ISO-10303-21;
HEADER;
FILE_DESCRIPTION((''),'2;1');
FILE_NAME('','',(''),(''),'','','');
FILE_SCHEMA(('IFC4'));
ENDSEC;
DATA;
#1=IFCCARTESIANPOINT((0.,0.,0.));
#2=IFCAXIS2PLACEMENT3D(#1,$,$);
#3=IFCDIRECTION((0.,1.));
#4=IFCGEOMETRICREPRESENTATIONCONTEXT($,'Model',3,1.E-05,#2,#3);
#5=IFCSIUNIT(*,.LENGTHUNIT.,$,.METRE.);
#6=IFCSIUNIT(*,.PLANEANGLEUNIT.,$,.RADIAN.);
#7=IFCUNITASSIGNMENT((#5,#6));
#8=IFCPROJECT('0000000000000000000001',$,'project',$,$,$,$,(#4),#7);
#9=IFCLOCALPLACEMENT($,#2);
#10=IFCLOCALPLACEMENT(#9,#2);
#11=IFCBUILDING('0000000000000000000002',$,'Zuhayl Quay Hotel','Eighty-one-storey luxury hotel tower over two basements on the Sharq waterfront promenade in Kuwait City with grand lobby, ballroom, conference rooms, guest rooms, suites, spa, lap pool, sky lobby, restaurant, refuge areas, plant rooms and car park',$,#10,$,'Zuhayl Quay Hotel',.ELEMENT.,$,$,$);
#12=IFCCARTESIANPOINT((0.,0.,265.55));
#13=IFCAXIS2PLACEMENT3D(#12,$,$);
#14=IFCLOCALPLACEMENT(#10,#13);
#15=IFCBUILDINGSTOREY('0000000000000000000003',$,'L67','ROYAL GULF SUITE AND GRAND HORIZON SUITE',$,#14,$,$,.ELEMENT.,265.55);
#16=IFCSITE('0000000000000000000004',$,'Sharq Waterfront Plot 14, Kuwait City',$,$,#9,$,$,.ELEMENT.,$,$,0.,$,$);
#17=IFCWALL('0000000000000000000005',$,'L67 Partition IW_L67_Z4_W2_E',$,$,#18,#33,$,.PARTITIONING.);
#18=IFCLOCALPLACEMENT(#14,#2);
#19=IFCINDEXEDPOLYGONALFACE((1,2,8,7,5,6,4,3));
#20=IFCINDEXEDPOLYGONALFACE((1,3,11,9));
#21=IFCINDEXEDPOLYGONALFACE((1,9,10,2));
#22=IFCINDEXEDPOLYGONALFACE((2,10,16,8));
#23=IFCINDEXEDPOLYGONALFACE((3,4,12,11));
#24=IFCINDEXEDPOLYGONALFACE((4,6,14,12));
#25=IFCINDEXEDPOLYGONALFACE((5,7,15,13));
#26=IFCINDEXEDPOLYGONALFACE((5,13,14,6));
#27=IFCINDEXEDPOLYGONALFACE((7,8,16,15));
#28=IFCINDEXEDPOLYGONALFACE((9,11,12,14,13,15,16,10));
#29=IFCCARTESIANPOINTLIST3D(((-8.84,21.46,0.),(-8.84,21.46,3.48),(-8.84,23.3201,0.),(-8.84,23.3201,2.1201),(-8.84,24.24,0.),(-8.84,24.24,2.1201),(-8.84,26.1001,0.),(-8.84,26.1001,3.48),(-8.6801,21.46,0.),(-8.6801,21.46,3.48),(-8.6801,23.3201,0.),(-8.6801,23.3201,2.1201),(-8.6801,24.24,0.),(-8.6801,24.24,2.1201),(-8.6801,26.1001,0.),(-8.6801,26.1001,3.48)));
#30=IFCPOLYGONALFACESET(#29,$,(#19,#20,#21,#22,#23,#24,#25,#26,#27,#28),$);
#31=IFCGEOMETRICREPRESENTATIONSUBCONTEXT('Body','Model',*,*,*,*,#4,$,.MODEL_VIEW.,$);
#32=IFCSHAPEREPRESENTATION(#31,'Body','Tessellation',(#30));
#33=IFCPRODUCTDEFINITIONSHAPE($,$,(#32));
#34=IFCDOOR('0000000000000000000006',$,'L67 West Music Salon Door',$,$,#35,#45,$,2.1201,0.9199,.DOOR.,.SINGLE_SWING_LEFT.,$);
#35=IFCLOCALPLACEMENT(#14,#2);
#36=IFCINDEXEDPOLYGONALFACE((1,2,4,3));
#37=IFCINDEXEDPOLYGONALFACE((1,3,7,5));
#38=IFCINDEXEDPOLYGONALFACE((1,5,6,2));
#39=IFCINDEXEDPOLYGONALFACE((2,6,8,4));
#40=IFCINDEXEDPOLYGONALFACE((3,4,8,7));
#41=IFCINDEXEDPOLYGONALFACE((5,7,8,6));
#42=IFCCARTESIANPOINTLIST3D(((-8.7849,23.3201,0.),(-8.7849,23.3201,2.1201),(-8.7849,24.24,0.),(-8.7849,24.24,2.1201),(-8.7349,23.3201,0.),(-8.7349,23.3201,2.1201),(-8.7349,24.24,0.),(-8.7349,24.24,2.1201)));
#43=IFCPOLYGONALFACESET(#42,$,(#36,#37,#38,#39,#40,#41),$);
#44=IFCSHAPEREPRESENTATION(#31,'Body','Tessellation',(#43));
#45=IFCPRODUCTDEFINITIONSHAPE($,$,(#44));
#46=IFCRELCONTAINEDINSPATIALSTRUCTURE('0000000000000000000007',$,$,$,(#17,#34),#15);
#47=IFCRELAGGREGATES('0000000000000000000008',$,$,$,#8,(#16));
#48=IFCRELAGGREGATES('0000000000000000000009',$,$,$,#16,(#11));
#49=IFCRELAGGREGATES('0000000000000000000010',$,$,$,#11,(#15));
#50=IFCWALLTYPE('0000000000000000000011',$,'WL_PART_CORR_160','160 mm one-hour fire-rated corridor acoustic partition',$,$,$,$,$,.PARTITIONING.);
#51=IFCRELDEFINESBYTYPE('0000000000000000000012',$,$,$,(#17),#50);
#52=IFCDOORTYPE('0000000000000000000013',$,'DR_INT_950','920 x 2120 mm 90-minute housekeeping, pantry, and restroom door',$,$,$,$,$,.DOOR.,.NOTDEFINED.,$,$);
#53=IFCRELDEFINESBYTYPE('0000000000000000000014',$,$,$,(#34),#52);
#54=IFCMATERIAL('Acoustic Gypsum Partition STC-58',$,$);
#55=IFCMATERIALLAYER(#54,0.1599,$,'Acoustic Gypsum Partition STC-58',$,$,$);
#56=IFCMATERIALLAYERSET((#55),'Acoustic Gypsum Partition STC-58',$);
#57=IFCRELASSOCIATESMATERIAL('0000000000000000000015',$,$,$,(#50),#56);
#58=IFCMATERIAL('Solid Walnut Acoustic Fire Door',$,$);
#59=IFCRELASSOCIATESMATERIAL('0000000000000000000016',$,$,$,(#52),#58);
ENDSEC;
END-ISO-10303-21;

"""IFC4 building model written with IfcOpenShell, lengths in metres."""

from ifc_helpers import new_model, si_unit, direction, frame, frame_2d, origin, place, context, subcontext, project, spatial, rectangle, extrude, material, layer, layer_set, type_object, element, fill, save


model = new_model("IFC4")

# Units and contexts
model_context = context("Model", 3, precision=1e-05, world=origin(), true_north=direction((0.0, 1.0)))
body_context = subcontext(model_context, "Body", "Model", "MODEL_VIEW")
ifc_project = project(units=[si_unit("LENGTHUNIT", "METRE"), si_unit("PLANEANGLEUNIT", "RADIAN")], contexts=[model_context])

# Site, building, storey
site_placement = place(None, origin())
site = spatial("IfcSite", under=ifc_project, at=site_placement, Name="Sharq Waterfront Plot 14, Kuwait City", CompositionType="ELEMENT", RefElevation=0.0)
building_placement = place(site_placement, origin())
building = spatial("IfcBuilding", under=site, at=building_placement, Name="Zuhayl Quay Hotel", Description="Eighty-one-storey luxury hotel tower over two basements on the Sharq waterfront promenade in Kuwait City with grand lobby, ballroom, conference rooms, guest rooms, suites, spa, lap pool, sky lobby, restaurant, refuge areas, plant rooms and car park", LongName="Zuhayl Quay Hotel", CompositionType="ELEMENT")
storey_placement = place(building_placement, frame((0.0, 0.0, 265.55)))
storey = spatial("IfcBuildingStorey", under=building, at=storey_placement, Name="L67", Description="ROYAL GULF SUITE AND GRAND HORIZON SUITE", CompositionType="ELEMENT", Elevation=265.55)

# Shared definitions
ifc_material_1 = material(Name="Acoustic Gypsum Partition STC-58")

# Wall, opening, door
ifc_layer_1 = layer(ifc_material_1, 0.1599, Name="Acoustic Gypsum Partition STC-58")
ifc_layer_set_1 = layer_set([ifc_layer_1], Name="Acoustic Gypsum Partition STC-58")
wall_type_1 = type_object("IfcWallType", Name="WL_PART_CORR_160", Description="160 mm one-hour fire-rated corridor acoustic partition", PredefinedType="PARTITIONING", material=ifc_layer_set_1)
ifc_material_2 = material(Name="Solid Walnut Acoustic Fire Door")
door_type_1 = type_object("IfcDoorType", Name="DR_INT_950", Description="920 x 2120 mm 90-minute housekeeping, pantry, and restroom door", OperationType="NOTDEFINED", PredefinedType="DOOR", material=ifc_material_2)
wall_1_placement = place(storey_placement, frame((-8.76, 21.46, 0.0), z_axis=(0.0, 0.0, 1.0), x_axis=(0.0, 1.0, 0.0)))
wall_1 = element("IfcWall", 1, at=wall_1_placement, inside=storey, type_object=wall_type_1, Name="L67 Partition IW_L67_Z4_W2_E", PredefinedType="PARTITIONING", context=body_context, shape_type="SweptSolid", body=[
    extrude(rectangle(XDim=4.6401, YDim=0.1599, at=frame_2d((2.3201, 0.0))), origin(), (0.0, 0.0, 1.0), 3.48),
])
opening_1_placement = place(wall_1_placement, frame((1.8601, 0.0, 0.0)))
opening_1 = element("IfcOpeningElement", 2, at=opening_1_placement, cuts=wall_1, PredefinedType="OPENING", context=body_context, shape_type="SweptSolid", body=[
    extrude(rectangle(XDim=0.9199, YDim=2.1201, at=frame_2d((0.46, 1.0601))), frame((0.0, 0.0898, 0.0), z_axis=(0.0, -1.0, 0.0), x_axis=(1.0, 0.0, 0.0)), (0.0, 0.0, 1.0), 0.1799),
])
door_1_placement = place(opening_1_placement, origin())
door_1 = element("IfcDoor", 3, at=door_1_placement, inside=storey, type_object=door_type_1, Name="L67 West Music Salon Door", OperationType="SINGLE_SWING_LEFT", OverallHeight=2.1201, OverallWidth=0.9199, PredefinedType="DOOR", context=body_context, shape_type="SweptSolid", body=[
    extrude(rectangle(XDim=0.9199, YDim=2.1201, at=frame_2d((0.46, 1.0601))), frame((0.0, 0.0249, 0.0), z_axis=(0.0, -1.0, 0.0), x_axis=(1.0, 0.0, 0.0)), (0.0, 0.0, 1.0), 0.05),
])
fill(opening_1, door_1)

save(model, "model.ifc")
